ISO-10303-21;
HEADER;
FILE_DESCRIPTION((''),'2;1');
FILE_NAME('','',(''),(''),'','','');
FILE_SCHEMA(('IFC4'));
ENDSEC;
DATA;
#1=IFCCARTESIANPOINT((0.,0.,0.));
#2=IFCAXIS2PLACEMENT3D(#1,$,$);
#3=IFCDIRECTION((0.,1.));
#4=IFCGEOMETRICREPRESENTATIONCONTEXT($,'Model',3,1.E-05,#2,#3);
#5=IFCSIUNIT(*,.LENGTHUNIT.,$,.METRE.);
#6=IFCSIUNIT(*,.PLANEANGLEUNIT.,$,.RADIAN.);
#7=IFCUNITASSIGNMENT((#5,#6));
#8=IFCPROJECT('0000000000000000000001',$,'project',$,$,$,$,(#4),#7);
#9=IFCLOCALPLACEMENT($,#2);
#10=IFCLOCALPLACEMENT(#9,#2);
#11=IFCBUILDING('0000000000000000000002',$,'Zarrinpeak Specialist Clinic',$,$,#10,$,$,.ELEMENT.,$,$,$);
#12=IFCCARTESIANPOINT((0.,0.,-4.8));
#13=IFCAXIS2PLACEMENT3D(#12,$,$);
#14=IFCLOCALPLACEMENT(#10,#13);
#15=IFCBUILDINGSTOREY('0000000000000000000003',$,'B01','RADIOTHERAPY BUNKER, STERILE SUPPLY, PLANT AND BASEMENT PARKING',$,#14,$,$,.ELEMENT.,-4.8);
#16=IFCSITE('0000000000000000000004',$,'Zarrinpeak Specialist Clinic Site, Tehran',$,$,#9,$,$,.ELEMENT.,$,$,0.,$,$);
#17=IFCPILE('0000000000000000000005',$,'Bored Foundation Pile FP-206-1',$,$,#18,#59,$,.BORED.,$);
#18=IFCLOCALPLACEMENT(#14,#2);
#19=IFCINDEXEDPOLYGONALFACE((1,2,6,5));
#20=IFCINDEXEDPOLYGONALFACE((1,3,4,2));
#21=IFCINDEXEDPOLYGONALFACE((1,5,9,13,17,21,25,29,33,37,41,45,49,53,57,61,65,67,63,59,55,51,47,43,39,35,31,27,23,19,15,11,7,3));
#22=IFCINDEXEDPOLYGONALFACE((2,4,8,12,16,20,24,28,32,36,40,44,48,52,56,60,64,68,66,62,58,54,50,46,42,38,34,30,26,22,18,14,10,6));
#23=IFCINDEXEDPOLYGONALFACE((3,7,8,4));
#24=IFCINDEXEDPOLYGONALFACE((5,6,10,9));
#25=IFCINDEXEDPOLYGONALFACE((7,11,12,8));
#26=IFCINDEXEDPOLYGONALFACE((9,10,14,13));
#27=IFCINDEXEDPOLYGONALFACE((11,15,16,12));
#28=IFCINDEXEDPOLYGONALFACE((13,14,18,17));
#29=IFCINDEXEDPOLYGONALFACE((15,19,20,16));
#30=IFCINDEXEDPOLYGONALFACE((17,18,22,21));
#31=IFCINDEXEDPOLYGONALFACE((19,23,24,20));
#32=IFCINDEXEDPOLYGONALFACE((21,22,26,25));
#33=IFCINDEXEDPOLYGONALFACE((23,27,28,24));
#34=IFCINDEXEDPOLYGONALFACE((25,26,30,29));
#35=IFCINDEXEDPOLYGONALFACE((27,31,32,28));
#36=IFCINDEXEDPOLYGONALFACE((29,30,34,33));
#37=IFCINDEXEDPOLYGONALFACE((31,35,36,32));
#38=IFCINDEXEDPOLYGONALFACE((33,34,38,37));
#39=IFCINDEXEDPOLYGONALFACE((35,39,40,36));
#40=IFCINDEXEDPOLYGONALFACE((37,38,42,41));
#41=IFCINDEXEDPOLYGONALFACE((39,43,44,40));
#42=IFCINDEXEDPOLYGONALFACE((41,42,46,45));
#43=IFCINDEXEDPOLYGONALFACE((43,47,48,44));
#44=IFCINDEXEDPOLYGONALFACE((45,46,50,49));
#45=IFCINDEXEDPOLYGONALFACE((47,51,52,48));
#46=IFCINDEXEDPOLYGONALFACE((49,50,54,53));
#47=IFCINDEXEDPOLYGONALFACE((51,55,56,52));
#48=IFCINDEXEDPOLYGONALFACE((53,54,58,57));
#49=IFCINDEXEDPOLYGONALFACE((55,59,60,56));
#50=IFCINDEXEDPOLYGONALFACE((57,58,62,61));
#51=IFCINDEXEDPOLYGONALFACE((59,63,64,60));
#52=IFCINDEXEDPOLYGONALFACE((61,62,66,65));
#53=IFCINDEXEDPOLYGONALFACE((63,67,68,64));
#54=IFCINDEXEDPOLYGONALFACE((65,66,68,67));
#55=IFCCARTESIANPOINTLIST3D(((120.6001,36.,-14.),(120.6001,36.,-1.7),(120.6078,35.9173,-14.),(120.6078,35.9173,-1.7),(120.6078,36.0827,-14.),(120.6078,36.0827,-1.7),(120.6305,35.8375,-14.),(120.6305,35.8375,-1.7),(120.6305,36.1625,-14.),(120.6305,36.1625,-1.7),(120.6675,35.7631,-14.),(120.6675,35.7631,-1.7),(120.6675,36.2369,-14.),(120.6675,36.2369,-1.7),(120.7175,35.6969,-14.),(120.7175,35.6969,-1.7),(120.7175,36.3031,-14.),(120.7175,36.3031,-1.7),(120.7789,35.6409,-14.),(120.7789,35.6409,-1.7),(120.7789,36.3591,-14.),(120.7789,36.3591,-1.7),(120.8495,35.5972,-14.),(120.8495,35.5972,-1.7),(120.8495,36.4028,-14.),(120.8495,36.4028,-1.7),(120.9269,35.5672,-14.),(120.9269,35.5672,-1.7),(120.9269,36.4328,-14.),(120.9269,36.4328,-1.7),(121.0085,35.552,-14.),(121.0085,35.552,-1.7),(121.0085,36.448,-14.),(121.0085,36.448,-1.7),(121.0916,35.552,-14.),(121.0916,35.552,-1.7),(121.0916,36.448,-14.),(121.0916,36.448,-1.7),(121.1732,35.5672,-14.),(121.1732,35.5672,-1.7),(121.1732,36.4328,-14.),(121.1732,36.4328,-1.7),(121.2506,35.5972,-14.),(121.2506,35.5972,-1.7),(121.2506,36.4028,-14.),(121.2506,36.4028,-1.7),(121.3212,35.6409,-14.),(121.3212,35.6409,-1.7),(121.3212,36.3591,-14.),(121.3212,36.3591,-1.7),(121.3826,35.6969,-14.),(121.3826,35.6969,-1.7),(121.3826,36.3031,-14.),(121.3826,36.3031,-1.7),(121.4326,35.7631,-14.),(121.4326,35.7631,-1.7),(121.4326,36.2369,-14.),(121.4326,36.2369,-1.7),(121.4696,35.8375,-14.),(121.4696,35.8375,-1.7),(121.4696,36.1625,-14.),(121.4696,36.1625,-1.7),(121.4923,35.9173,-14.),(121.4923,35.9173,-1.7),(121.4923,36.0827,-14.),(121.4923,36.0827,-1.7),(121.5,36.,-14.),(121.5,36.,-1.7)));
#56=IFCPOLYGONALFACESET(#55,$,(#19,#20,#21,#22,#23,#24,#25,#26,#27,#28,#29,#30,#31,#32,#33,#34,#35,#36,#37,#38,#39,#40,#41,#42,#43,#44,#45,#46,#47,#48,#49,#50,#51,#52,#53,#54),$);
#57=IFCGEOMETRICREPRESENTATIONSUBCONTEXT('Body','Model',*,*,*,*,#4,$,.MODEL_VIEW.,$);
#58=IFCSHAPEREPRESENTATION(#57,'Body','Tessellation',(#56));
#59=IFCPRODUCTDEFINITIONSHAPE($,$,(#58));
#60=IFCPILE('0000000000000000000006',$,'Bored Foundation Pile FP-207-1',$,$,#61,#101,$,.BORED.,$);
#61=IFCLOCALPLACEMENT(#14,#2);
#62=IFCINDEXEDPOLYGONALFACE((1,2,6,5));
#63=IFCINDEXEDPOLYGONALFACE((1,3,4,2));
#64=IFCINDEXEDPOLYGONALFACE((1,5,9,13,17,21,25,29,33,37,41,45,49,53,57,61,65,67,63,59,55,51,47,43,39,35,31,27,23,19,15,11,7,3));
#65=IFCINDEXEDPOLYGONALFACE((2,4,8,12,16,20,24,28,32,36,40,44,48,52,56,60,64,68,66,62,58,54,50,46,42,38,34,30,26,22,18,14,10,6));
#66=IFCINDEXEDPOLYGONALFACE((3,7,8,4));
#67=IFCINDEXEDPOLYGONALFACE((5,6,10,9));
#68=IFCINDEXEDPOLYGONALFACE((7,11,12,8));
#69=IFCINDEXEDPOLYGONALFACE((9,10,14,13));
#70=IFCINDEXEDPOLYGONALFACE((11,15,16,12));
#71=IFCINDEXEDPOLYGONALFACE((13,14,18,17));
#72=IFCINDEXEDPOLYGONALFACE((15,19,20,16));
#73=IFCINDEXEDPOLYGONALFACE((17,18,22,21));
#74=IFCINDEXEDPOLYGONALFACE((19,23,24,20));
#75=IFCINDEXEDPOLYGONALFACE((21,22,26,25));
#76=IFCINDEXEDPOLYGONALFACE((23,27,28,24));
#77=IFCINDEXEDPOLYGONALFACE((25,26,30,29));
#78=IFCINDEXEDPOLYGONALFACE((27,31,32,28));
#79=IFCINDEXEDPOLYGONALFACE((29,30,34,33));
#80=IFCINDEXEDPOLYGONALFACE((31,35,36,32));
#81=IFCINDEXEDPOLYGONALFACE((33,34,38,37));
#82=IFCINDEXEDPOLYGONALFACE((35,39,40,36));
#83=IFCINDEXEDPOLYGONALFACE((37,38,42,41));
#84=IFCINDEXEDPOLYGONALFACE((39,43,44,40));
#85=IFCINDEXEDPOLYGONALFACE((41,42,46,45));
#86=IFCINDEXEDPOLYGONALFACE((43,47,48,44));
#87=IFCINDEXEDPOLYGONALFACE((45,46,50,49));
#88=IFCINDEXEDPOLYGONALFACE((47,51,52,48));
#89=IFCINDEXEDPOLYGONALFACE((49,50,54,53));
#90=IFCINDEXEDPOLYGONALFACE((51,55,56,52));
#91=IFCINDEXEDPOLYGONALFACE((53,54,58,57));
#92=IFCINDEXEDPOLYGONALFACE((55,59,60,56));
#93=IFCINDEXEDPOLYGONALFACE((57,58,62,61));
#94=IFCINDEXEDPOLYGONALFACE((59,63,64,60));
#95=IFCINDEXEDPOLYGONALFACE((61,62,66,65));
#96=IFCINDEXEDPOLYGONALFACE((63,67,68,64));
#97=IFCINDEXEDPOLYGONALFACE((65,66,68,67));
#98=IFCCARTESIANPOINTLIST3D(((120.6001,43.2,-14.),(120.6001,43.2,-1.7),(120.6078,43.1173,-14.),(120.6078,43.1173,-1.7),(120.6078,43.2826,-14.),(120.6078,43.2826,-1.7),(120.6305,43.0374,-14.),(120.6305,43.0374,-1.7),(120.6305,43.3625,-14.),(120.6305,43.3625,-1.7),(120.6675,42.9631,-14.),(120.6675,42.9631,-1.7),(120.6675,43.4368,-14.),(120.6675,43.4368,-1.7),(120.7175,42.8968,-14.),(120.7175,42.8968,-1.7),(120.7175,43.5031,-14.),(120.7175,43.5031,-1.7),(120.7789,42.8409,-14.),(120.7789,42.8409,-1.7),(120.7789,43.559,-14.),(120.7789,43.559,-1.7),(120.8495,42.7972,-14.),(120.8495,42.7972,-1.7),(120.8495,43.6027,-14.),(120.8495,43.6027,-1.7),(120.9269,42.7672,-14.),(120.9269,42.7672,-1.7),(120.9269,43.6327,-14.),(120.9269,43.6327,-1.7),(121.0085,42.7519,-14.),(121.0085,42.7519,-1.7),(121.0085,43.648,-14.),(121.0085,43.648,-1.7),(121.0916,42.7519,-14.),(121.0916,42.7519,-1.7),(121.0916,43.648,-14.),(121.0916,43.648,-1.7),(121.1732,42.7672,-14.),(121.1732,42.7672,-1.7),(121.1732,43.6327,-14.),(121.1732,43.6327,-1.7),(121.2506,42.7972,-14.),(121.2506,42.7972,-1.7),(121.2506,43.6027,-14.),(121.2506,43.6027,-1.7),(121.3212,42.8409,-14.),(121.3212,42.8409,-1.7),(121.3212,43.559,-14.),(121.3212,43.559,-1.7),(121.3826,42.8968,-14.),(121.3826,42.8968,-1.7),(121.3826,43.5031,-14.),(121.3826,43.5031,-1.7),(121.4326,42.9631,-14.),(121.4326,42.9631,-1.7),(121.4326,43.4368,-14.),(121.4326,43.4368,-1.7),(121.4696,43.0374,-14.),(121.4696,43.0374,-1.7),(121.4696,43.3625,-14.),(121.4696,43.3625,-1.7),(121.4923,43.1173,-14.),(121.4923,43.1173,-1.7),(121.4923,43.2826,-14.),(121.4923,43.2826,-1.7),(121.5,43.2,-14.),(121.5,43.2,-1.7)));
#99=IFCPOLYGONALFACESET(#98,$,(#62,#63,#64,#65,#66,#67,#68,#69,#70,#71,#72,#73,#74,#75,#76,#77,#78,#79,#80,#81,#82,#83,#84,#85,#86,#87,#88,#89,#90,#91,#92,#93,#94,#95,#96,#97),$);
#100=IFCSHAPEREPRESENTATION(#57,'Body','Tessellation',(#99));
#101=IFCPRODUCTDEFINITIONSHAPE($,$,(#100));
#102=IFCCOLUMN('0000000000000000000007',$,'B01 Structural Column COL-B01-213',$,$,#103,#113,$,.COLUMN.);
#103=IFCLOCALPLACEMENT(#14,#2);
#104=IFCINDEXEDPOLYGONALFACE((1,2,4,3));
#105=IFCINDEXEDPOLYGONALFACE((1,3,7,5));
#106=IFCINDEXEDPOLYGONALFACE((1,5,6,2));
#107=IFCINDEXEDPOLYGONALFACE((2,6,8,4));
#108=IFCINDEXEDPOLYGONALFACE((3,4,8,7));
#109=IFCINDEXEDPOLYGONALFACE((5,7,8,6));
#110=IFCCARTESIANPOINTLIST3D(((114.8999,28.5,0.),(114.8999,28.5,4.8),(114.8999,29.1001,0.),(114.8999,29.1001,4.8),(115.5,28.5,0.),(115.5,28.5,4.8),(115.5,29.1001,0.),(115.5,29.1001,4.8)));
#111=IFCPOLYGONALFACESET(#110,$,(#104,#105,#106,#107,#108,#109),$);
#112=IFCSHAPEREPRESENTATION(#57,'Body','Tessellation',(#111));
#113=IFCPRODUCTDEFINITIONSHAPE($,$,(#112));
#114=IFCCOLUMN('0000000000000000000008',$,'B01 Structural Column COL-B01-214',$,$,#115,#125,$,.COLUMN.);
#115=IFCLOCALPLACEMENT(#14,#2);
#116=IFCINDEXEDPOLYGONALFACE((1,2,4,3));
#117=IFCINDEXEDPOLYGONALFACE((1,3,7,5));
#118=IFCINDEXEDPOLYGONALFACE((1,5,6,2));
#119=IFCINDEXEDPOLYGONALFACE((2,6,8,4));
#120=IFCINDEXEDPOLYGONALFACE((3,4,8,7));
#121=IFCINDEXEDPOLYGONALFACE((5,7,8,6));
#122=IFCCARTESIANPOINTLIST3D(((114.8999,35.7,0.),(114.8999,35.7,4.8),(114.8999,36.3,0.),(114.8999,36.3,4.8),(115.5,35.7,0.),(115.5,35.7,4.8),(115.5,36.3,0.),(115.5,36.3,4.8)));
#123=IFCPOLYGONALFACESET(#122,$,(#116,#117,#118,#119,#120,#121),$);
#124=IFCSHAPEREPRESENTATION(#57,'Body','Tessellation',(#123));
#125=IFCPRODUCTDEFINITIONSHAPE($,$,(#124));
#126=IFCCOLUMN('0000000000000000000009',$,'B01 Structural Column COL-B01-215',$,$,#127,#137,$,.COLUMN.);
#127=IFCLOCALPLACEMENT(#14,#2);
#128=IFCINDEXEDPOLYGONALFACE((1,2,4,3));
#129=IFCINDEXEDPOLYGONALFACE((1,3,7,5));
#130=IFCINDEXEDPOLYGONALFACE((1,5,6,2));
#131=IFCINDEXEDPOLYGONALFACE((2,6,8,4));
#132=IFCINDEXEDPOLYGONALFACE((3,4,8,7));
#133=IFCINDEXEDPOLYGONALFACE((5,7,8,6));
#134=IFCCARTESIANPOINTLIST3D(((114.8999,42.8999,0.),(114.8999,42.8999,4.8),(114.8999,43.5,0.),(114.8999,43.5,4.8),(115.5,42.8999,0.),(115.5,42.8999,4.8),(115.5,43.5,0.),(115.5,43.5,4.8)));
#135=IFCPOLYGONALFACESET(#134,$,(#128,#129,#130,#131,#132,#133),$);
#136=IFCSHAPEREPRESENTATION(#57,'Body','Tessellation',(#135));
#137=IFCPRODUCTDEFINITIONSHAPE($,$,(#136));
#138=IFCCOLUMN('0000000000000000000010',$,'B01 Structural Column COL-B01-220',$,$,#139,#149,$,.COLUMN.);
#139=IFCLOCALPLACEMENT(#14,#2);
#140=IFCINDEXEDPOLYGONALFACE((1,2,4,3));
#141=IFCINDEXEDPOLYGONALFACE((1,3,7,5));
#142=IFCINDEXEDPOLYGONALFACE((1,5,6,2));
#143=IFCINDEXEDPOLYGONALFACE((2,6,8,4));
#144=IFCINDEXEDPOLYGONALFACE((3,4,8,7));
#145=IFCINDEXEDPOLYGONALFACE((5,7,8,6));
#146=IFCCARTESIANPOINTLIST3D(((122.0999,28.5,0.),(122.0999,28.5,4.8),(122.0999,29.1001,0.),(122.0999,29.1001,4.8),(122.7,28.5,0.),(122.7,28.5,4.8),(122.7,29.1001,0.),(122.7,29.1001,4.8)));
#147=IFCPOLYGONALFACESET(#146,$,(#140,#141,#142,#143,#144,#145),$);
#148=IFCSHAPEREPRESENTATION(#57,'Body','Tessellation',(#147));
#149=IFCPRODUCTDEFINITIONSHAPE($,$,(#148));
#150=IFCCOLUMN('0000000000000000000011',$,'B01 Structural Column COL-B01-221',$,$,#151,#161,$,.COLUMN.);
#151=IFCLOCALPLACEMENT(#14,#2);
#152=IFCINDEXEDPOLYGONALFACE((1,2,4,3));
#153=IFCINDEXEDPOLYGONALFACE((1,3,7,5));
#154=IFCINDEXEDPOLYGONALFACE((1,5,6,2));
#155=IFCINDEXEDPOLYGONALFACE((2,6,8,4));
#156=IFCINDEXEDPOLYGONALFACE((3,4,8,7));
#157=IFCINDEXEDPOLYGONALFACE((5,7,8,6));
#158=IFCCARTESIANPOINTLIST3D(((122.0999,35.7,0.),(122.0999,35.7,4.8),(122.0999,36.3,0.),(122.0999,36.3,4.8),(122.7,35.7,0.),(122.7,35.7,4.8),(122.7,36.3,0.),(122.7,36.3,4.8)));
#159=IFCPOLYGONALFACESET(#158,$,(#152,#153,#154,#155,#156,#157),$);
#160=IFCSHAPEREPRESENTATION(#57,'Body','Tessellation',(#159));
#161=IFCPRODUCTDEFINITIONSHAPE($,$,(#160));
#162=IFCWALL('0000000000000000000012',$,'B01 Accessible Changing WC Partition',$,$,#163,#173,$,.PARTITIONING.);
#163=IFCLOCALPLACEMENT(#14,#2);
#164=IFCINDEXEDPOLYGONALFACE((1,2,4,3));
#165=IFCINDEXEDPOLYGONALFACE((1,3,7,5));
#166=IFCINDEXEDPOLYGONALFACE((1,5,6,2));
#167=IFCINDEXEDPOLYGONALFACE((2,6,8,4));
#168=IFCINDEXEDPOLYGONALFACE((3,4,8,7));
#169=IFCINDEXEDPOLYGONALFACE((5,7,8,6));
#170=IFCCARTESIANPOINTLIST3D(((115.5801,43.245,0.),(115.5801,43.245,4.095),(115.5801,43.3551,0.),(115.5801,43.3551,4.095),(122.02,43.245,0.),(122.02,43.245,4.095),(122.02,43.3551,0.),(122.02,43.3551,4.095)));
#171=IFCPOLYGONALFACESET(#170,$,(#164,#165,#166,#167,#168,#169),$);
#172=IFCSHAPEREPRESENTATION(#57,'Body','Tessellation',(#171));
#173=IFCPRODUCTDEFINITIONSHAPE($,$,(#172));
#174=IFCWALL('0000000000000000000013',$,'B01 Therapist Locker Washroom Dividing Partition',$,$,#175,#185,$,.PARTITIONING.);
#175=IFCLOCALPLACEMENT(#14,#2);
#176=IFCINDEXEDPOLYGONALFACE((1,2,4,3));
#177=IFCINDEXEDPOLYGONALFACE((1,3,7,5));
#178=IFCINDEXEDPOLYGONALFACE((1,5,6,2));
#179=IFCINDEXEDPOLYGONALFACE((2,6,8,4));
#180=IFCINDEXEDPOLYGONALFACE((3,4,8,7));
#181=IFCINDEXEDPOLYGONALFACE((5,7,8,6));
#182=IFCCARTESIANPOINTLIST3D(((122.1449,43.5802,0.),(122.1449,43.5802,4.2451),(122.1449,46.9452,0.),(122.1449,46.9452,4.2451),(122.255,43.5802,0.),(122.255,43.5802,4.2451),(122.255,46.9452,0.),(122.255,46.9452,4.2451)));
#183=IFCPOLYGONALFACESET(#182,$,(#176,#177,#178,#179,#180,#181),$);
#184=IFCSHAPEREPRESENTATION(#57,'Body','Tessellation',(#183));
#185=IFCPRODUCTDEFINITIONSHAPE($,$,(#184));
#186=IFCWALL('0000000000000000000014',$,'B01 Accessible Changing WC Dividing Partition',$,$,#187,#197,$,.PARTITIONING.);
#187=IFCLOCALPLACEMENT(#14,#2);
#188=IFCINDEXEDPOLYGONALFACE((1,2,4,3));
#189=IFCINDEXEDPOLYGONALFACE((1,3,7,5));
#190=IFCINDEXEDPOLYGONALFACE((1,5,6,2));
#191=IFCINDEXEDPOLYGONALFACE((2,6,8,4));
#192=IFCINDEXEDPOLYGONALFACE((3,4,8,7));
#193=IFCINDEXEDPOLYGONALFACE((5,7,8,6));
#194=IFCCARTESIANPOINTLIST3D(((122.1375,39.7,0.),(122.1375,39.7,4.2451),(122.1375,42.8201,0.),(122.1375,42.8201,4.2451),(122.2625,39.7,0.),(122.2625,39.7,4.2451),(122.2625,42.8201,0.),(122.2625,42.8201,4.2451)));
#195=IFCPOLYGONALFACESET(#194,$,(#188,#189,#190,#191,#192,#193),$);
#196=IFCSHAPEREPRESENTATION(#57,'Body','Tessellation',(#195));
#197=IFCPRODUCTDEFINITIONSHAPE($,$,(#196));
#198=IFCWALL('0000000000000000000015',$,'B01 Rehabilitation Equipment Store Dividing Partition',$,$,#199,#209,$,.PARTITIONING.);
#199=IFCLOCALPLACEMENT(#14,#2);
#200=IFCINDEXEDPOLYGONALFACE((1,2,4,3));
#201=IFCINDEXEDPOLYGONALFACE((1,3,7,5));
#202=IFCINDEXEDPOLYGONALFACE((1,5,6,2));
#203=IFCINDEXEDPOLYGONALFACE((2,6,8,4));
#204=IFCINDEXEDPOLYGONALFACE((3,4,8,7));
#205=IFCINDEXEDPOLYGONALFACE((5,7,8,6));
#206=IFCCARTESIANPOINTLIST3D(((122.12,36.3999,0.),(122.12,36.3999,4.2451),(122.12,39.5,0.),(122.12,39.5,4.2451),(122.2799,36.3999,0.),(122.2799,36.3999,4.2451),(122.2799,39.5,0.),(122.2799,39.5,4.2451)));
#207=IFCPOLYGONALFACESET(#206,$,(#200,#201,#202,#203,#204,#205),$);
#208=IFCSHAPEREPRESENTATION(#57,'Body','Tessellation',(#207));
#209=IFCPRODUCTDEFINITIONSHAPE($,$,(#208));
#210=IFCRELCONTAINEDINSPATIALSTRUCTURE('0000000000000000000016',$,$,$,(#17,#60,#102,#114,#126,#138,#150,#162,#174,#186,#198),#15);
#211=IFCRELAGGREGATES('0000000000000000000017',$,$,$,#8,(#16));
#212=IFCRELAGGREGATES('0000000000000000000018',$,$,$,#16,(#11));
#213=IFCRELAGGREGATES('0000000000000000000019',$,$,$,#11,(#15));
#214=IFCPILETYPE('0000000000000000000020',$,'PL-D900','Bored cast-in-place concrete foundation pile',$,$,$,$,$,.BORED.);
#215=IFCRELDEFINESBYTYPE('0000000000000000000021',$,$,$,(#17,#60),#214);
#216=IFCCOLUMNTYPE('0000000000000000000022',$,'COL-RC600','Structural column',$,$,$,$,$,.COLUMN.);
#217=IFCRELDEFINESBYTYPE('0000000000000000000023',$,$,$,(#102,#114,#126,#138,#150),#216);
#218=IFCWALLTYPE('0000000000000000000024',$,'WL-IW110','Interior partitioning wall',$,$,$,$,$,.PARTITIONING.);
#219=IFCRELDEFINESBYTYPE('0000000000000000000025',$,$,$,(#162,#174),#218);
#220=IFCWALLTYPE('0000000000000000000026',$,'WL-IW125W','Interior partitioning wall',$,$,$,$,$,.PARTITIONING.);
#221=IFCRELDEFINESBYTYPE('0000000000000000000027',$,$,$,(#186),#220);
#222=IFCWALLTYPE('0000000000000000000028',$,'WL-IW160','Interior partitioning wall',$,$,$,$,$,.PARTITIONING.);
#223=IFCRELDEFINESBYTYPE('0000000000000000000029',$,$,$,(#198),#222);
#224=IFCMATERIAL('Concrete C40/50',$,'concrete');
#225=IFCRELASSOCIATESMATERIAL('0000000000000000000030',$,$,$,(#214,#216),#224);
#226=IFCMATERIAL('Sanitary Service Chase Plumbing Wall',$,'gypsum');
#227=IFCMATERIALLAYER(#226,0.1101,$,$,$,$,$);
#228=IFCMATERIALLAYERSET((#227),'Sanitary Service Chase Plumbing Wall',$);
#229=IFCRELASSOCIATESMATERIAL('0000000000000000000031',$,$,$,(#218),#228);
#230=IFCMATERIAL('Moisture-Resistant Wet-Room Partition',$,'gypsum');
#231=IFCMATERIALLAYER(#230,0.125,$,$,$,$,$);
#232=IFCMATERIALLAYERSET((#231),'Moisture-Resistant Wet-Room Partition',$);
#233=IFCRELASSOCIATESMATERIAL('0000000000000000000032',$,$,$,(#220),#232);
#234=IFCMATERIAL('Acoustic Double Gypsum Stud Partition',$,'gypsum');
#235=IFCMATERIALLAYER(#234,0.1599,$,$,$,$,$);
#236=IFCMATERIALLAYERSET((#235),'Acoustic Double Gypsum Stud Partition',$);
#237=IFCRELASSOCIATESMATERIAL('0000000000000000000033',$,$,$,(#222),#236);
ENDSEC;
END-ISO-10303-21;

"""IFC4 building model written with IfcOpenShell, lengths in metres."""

from ifc_helpers import new_model, si_unit, direction, frame, frame_2d, origin, origin_2d, place, context, subcontext, project, spatial, rectangle, circle, extrude, material, layer, layer_set, material_profile, profile_set, type_object, element, save


model = new_model("IFC4")

# Units and contexts
model_context = context("Model", 3, precision=1e-05, world=origin(), true_north=direction((0.0, 1.0)))
body_context = subcontext(model_context, "Body", "Model", "MODEL_VIEW")
ifc_project = project(units=[si_unit("LENGTHUNIT", "METRE"), si_unit("PLANEANGLEUNIT", "RADIAN")], contexts=[model_context])

# Site, building, storey
site_placement = place(None, origin())
site = spatial("IfcSite", under=ifc_project, at=site_placement, Name="Zarrinpeak Specialist Clinic Site, Tehran", CompositionType="ELEMENT", RefElevation=0.0)
building_placement = place(site_placement, origin())
building = spatial("IfcBuilding", under=site, at=building_placement, Name="Zarrinpeak Specialist Clinic", CompositionType="ELEMENT")
storey_placement = place(building_placement, frame((0.0, 0.0, -4.8)))
storey = spatial("IfcBuildingStorey", under=building, at=storey_placement, Name="B01", Description="RADIOTHERAPY BUNKER, STERILE SUPPLY, PLANT AND BASEMENT PARKING", CompositionType="ELEMENT", Elevation=-4.8)

# Shared definitions
ifc_material_1 = material(Name="Concrete C40/50", Category="concrete")

# Piles
ifc_material_profile_1 = material_profile(ifc_material_1, circle(Radius=0.45, at=origin_2d()), Name="BORED PILE D900")
ifc_profile_set_1 = profile_set([ifc_material_profile_1], Name="Concrete C40/50")
pile_type = type_object("IfcPileType", Name="PL-D900", Description="Bored cast-in-place concrete foundation pile", PredefinedType="BORED", material=ifc_profile_set_1)
for number, where, z_axis, x_axis, name in (
    (1, (121.05, 36.0, -1.7), (0.0, 0.0, -1.0), (1.0, 0.0, 0.0), "Bored Foundation Pile FP-206-1"),
    (2, (121.05, 43.2, -1.7), (0.0, 0.0, -1.0), (1.0, 0.0, 0.0), "Bored Foundation Pile FP-207-1"),
):
    element("IfcPile", number, at=place(storey_placement, frame(where, z_axis=z_axis, x_axis=x_axis)), inside=storey, type_object=pile_type, Name=name, PredefinedType="BORED", context=body_context, shape_type="SweptSolid", body=[
        extrude(circle(Radius=0.45, at=origin_2d()), origin(), (0.0, 0.0, 1.0), 12.3),
    ])

# Columns
ifc_material_profile_2 = material_profile(ifc_material_1, rectangle(XDim=0.6001, YDim=0.6001, at=origin_2d()), Name="RC 600x600")
ifc_profile_set_2 = profile_set([ifc_material_profile_2], Name="Concrete C40/50")
column_type = type_object("IfcColumnType", Name="COL-RC600", Description="Structural column", PredefinedType="COLUMN", material=ifc_profile_set_2)
for number, where, z_axis, x_axis, name in (
    (3, (115.2, 28.8, 0.0), (0.0, 0.0, 1.0), (1.0, 0.0, 0.0), "B01 Structural Column COL-B01-213"),
    (4, (115.2, 36.0, 0.0), (0.0, 0.0, 1.0), (1.0, 0.0, 0.0), "B01 Structural Column COL-B01-214"),
    (5, (115.2, 43.2, 0.0), (0.0, 0.0, 1.0), (1.0, 0.0, 0.0), "B01 Structural Column COL-B01-215"),
    (6, (122.3999, 28.8, 0.0), (0.0, 0.0, 1.0), (1.0, 0.0, 0.0), "B01 Structural Column COL-B01-220"),
    (7, (122.3999, 36.0, 0.0), (0.0, 0.0, 1.0), (1.0, 0.0, 0.0), "B01 Structural Column COL-B01-221"),
):
    element("IfcColumn", number, at=place(storey_placement, frame(where, z_axis=z_axis, x_axis=x_axis)), inside=storey, type_object=column_type, Name=name, PredefinedType="COLUMN", context=body_context, shape_type="SweptSolid", body=[
        extrude(rectangle(XDim=0.6001, YDim=0.6001, at=origin_2d()), origin(), (0.0, 0.0, 1.0), 4.8),
    ])

# Walls
ifc_material_2 = material(Name="Sanitary Service Chase Plumbing Wall", Category="gypsum")
ifc_layer_1 = layer(ifc_material_2, 0.1101)
ifc_layer_set_1 = layer_set([ifc_layer_1], Name="Sanitary Service Chase Plumbing Wall")
wall_type_1 = type_object("IfcWallType", Name="WL-IW110", Description="Interior partitioning wall", PredefinedType="PARTITIONING", material=ifc_layer_set_1)
wall_1_placement = place(storey_placement, frame((115.5801, 43.3, 0.0), z_axis=(0.0, 0.0, 1.0), x_axis=(1.0, 0.0, 0.0)))
element("IfcWall", 8, at=wall_1_placement, inside=storey, type_object=wall_type_1, Name="B01 Accessible Changing WC Partition", PredefinedType="PARTITIONING", context=body_context, shape_type="SweptSolid", body=[
    extrude(rectangle(XDim=6.4399, YDim=0.1101, at=frame_2d((3.22, 0.0))), origin(), (0.0, 0.0, 1.0), 4.095),
])
wall_2_placement = place(storey_placement, frame((122.2, 43.5801, 0.0), z_axis=(0.0, 0.0, 1.0), x_axis=(0.0, 1.0, 0.0)))
element("IfcWall", 9, at=wall_2_placement, inside=storey, type_object=wall_type_1, Name="B01 Therapist Locker Washroom Dividing Partition", PredefinedType="PARTITIONING", context=body_context, shape_type="SweptSolid", body=[
    extrude(rectangle(XDim=3.365, YDim=0.1101, at=frame_2d((1.6826, 0.0))), origin(), (0.0, 0.0, 1.0), 4.2451),
])
ifc_material_3 = material(Name="Moisture-Resistant Wet-Room Partition", Category="gypsum")
ifc_layer_2 = layer(ifc_material_3, 0.125)
ifc_layer_set_2 = layer_set([ifc_layer_2], Name="Moisture-Resistant Wet-Room Partition")
wall_type_2 = type_object("IfcWallType", Name="WL-IW125W", Description="Interior partitioning wall", PredefinedType="PARTITIONING", material=ifc_layer_set_2)
wall_3_placement = place(storey_placement, frame((122.2, 39.7, 0.0), z_axis=(0.0, 0.0, 1.0), x_axis=(0.0, 1.0, 0.0)))
element("IfcWall", 10, at=wall_3_placement, inside=storey, type_object=wall_type_2, Name="B01 Accessible Changing WC Dividing Partition", PredefinedType="PARTITIONING", context=body_context, shape_type="SweptSolid", body=[
    extrude(rectangle(XDim=3.1201, YDim=0.125, at=frame_2d((1.5601, 0.0))), origin(), (0.0, 0.0, 1.0), 4.2451),
])
ifc_material_4 = material(Name="Acoustic Double Gypsum Stud Partition", Category="gypsum")
ifc_layer_3 = layer(ifc_material_4, 0.1599)
ifc_layer_set_3 = layer_set([ifc_layer_3], Name="Acoustic Double Gypsum Stud Partition")
wall_type_3 = type_object("IfcWallType", Name="WL-IW160", Description="Interior partitioning wall", PredefinedType="PARTITIONING", material=ifc_layer_set_3)
wall_4_placement = place(storey_placement, frame((122.2, 36.3999, 0.0), z_axis=(0.0, 0.0, 1.0), x_axis=(0.0, 1.0, 0.0)))
element("IfcWall", 11, at=wall_4_placement, inside=storey, type_object=wall_type_3, Name="B01 Rehabilitation Equipment Store Dividing Partition", PredefinedType="PARTITIONING", context=body_context, shape_type="SweptSolid", body=[
    extrude(rectangle(XDim=3.1001, YDim=0.1599, at=frame_2d((1.55, 0.0))), origin(), (0.0, 0.0, 1.0), 4.2451),
])

save(model, "model.ifc")
